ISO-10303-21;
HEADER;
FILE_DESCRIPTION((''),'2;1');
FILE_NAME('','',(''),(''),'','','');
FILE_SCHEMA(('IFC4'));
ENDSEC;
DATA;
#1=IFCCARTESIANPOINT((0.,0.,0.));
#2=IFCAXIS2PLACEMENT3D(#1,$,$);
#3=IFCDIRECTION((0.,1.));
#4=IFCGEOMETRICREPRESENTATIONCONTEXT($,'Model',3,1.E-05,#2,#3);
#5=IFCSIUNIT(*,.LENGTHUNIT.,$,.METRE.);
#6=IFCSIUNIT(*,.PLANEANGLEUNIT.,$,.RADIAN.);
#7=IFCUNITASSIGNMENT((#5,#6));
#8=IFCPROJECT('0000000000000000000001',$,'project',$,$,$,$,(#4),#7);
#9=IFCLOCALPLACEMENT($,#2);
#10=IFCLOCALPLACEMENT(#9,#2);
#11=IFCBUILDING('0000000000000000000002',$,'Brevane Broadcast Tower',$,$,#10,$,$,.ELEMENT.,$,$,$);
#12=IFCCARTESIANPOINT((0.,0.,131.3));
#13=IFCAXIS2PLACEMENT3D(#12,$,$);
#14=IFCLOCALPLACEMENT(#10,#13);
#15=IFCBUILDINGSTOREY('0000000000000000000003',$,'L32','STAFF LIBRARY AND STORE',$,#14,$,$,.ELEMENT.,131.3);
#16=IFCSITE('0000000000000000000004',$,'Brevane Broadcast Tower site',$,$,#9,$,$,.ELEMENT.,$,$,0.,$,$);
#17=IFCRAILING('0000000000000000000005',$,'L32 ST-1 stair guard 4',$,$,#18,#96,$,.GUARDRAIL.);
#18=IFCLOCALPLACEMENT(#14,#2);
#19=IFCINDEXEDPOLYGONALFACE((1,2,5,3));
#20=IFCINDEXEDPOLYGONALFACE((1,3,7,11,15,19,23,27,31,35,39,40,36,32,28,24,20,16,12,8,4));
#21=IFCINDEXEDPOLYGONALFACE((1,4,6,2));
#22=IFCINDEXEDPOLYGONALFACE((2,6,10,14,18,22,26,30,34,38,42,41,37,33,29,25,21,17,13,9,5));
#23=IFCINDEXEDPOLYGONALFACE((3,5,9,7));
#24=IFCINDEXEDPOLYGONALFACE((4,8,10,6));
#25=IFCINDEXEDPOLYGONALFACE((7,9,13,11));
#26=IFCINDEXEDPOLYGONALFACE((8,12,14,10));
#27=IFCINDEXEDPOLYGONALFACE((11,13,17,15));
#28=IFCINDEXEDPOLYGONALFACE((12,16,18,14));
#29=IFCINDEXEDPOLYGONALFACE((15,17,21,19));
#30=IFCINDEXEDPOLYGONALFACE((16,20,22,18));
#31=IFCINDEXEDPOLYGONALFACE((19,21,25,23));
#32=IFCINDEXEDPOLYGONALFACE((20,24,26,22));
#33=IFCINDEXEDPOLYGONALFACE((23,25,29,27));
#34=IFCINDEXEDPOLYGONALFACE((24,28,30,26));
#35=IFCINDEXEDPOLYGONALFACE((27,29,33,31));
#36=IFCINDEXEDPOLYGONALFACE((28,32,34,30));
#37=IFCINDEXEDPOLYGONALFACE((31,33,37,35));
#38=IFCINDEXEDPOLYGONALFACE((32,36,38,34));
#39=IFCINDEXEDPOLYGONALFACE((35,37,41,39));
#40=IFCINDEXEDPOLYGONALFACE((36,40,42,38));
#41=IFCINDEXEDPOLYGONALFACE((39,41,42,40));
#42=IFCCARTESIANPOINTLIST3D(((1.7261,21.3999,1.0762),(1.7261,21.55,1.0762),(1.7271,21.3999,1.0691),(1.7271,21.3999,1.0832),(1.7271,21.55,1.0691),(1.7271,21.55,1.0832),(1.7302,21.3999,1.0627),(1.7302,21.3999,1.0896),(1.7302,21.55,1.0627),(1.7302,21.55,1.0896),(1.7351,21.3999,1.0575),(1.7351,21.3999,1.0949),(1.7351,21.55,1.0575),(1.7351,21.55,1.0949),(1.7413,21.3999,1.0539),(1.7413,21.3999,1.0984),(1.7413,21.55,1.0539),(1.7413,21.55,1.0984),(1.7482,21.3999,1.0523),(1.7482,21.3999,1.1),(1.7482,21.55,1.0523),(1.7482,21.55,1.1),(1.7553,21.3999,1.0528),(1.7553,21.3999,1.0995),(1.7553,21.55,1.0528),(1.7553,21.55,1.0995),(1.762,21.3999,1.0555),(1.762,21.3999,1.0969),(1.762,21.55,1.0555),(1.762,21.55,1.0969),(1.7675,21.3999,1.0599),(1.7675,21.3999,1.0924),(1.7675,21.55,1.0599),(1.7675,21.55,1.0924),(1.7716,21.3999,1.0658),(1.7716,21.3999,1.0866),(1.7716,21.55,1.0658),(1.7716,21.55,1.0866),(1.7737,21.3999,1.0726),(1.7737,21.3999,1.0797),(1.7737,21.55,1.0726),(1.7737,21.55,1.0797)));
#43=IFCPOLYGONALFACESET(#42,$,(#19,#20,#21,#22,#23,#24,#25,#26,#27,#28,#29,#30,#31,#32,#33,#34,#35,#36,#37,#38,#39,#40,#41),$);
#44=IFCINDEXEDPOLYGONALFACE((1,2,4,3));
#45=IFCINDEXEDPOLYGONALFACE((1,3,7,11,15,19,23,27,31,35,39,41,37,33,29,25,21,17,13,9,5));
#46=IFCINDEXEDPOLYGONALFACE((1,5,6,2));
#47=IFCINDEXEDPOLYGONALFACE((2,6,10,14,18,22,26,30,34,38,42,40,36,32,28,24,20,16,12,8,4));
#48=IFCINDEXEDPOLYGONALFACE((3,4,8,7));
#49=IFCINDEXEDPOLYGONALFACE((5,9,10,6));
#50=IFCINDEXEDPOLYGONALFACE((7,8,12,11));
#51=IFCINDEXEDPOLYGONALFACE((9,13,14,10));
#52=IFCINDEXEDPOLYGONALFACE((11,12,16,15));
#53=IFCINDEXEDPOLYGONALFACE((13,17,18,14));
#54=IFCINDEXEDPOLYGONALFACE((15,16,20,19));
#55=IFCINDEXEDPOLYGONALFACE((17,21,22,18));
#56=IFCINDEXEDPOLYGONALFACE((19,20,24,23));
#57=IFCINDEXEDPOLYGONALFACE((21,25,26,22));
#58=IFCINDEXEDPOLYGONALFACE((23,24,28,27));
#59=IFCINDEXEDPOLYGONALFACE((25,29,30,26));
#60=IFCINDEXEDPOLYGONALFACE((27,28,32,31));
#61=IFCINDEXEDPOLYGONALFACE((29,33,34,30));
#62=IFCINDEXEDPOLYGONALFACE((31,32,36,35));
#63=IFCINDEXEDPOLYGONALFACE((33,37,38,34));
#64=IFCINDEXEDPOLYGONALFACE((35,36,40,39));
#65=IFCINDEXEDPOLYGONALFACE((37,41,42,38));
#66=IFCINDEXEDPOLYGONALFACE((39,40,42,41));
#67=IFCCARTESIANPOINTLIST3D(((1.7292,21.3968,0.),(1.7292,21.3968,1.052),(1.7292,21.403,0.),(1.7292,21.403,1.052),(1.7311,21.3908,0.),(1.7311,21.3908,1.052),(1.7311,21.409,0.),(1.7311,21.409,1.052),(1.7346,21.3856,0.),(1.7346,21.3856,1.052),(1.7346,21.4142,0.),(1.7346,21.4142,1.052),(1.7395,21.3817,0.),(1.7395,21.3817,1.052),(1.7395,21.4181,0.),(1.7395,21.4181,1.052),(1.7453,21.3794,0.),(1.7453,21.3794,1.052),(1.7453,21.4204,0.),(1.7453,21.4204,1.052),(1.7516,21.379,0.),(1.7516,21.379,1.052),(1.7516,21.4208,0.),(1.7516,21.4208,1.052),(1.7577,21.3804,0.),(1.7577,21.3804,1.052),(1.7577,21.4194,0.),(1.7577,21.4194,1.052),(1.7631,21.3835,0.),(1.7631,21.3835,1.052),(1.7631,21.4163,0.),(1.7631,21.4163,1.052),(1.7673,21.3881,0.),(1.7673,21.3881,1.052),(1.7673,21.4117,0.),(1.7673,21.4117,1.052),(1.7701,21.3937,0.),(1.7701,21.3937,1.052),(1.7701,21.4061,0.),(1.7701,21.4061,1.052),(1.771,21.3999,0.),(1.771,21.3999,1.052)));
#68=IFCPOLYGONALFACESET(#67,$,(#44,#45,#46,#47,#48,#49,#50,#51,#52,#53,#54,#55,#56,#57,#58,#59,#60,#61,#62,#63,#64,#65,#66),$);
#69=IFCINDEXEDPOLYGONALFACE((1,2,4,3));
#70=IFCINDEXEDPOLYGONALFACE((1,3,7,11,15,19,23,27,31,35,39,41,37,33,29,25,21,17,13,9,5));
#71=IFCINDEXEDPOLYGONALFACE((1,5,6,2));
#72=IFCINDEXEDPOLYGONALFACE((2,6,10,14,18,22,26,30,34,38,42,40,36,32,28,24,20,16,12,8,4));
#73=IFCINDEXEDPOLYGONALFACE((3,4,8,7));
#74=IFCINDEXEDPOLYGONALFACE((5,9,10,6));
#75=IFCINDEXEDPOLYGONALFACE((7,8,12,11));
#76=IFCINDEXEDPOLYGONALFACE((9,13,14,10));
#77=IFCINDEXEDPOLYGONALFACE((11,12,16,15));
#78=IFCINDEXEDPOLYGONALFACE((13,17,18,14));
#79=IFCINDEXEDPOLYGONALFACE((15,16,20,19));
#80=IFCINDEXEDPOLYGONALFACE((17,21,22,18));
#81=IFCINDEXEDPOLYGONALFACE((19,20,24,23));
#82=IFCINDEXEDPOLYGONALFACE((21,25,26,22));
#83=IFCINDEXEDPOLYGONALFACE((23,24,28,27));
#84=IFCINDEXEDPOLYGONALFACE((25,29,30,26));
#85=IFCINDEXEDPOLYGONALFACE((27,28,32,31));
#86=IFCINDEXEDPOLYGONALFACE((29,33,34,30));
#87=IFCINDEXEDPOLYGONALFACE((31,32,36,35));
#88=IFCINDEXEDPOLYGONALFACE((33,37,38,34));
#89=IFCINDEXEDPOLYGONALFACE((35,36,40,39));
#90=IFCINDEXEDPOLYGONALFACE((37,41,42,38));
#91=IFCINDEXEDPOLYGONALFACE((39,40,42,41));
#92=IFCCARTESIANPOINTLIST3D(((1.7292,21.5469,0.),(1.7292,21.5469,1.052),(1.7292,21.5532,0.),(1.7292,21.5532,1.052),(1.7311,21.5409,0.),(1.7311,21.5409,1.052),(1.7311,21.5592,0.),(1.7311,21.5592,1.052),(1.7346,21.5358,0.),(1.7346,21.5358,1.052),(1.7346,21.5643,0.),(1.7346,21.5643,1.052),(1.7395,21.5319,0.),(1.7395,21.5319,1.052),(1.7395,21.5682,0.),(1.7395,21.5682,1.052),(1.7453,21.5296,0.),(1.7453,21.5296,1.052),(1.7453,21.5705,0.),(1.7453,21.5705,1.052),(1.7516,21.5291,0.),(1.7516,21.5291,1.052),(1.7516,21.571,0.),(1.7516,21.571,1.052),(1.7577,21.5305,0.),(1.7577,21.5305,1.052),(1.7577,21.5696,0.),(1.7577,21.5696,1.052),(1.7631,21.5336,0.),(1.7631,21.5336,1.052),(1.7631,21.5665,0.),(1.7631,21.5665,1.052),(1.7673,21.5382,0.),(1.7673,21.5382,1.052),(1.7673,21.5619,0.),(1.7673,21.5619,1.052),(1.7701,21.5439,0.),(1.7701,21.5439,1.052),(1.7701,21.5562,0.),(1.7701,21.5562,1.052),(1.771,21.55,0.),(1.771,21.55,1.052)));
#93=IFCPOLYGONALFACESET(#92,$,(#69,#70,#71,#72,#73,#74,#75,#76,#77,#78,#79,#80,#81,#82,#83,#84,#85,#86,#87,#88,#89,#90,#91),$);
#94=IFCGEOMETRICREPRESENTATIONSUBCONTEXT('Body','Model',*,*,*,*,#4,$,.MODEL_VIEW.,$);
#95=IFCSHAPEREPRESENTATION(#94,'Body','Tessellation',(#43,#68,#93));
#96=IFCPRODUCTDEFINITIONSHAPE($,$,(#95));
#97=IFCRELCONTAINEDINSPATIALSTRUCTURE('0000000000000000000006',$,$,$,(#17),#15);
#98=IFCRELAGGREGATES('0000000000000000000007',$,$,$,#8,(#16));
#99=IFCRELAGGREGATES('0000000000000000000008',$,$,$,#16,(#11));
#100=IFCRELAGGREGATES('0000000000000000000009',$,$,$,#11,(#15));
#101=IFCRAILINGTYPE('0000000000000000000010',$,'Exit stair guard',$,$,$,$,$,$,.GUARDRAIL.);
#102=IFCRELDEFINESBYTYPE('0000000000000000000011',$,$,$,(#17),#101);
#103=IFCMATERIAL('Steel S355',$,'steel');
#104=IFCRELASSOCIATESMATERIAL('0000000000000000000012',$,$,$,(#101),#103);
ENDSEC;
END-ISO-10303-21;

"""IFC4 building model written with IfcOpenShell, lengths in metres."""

from ifc_helpers import new_model, si_unit, direction, frame, origin, origin_2d, place, context, subcontext, project, spatial, circle, extrude, material, type_object, element, save


model = new_model("IFC4")

# Units and contexts
model_context = context("Model", 3, precision=1e-05, world=origin(), true_north=direction((0.0, 1.0)))
body_context = subcontext(model_context, "Body", "Model", "MODEL_VIEW")
ifc_project = project(units=[si_unit("LENGTHUNIT", "METRE"), si_unit("PLANEANGLEUNIT", "RADIAN")], contexts=[model_context])

# Site, building, storey
site_placement = place(None, origin())
site = spatial("IfcSite", under=ifc_project, at=site_placement, Name="Brevane Broadcast Tower site", CompositionType="ELEMENT", RefElevation=0.0)
building_placement = place(site_placement, origin())
building = spatial("IfcBuilding", under=site, at=building_placement, Name="Brevane Broadcast Tower", CompositionType="ELEMENT")
storey_placement = place(building_placement, frame((0.0, 0.0, 131.3)))
storey = spatial("IfcBuildingStorey", under=building, at=storey_placement, Name="L32", Description="STAFF LIBRARY AND STORE", CompositionType="ELEMENT", Elevation=131.3)

# Railing
ifc_material_1 = material(Name="Steel S355", Category="steel")
railing_type_1 = type_object("IfcRailingType", Name="Exit stair guard", PredefinedType="GUARDRAIL", material=ifc_material_1)
railing_1_placement = place(storey_placement, frame((1.75, 21.3999, 0.0)))
element("IfcRailing", 1, at=railing_1_placement, inside=storey, type_object=railing_type_1, Name="L32 ST-1 stair guard 4", PredefinedType="GUARDRAIL", context=body_context, shape_type="SweptSolid", body=[
    extrude(circle(Radius=0.0239, at=origin_2d()), frame((0.0, 0.0, 1.0762), z_axis=(0.0, 1.0, 0.0), x_axis=(-1.0, 0.0, 0.0)), (0.0, 0.0, 1.0), 0.1501),
    extrude(circle(Radius=0.021, at=origin_2d()), origin(), (0.0, 0.0, 1.0), 1.052),
    extrude(circle(Radius=0.021, at=origin_2d()), frame((0.0, 0.1501, 0.0)), (0.0, 0.0, 1.0), 1.052),
])

save(model, "model.ifc")
